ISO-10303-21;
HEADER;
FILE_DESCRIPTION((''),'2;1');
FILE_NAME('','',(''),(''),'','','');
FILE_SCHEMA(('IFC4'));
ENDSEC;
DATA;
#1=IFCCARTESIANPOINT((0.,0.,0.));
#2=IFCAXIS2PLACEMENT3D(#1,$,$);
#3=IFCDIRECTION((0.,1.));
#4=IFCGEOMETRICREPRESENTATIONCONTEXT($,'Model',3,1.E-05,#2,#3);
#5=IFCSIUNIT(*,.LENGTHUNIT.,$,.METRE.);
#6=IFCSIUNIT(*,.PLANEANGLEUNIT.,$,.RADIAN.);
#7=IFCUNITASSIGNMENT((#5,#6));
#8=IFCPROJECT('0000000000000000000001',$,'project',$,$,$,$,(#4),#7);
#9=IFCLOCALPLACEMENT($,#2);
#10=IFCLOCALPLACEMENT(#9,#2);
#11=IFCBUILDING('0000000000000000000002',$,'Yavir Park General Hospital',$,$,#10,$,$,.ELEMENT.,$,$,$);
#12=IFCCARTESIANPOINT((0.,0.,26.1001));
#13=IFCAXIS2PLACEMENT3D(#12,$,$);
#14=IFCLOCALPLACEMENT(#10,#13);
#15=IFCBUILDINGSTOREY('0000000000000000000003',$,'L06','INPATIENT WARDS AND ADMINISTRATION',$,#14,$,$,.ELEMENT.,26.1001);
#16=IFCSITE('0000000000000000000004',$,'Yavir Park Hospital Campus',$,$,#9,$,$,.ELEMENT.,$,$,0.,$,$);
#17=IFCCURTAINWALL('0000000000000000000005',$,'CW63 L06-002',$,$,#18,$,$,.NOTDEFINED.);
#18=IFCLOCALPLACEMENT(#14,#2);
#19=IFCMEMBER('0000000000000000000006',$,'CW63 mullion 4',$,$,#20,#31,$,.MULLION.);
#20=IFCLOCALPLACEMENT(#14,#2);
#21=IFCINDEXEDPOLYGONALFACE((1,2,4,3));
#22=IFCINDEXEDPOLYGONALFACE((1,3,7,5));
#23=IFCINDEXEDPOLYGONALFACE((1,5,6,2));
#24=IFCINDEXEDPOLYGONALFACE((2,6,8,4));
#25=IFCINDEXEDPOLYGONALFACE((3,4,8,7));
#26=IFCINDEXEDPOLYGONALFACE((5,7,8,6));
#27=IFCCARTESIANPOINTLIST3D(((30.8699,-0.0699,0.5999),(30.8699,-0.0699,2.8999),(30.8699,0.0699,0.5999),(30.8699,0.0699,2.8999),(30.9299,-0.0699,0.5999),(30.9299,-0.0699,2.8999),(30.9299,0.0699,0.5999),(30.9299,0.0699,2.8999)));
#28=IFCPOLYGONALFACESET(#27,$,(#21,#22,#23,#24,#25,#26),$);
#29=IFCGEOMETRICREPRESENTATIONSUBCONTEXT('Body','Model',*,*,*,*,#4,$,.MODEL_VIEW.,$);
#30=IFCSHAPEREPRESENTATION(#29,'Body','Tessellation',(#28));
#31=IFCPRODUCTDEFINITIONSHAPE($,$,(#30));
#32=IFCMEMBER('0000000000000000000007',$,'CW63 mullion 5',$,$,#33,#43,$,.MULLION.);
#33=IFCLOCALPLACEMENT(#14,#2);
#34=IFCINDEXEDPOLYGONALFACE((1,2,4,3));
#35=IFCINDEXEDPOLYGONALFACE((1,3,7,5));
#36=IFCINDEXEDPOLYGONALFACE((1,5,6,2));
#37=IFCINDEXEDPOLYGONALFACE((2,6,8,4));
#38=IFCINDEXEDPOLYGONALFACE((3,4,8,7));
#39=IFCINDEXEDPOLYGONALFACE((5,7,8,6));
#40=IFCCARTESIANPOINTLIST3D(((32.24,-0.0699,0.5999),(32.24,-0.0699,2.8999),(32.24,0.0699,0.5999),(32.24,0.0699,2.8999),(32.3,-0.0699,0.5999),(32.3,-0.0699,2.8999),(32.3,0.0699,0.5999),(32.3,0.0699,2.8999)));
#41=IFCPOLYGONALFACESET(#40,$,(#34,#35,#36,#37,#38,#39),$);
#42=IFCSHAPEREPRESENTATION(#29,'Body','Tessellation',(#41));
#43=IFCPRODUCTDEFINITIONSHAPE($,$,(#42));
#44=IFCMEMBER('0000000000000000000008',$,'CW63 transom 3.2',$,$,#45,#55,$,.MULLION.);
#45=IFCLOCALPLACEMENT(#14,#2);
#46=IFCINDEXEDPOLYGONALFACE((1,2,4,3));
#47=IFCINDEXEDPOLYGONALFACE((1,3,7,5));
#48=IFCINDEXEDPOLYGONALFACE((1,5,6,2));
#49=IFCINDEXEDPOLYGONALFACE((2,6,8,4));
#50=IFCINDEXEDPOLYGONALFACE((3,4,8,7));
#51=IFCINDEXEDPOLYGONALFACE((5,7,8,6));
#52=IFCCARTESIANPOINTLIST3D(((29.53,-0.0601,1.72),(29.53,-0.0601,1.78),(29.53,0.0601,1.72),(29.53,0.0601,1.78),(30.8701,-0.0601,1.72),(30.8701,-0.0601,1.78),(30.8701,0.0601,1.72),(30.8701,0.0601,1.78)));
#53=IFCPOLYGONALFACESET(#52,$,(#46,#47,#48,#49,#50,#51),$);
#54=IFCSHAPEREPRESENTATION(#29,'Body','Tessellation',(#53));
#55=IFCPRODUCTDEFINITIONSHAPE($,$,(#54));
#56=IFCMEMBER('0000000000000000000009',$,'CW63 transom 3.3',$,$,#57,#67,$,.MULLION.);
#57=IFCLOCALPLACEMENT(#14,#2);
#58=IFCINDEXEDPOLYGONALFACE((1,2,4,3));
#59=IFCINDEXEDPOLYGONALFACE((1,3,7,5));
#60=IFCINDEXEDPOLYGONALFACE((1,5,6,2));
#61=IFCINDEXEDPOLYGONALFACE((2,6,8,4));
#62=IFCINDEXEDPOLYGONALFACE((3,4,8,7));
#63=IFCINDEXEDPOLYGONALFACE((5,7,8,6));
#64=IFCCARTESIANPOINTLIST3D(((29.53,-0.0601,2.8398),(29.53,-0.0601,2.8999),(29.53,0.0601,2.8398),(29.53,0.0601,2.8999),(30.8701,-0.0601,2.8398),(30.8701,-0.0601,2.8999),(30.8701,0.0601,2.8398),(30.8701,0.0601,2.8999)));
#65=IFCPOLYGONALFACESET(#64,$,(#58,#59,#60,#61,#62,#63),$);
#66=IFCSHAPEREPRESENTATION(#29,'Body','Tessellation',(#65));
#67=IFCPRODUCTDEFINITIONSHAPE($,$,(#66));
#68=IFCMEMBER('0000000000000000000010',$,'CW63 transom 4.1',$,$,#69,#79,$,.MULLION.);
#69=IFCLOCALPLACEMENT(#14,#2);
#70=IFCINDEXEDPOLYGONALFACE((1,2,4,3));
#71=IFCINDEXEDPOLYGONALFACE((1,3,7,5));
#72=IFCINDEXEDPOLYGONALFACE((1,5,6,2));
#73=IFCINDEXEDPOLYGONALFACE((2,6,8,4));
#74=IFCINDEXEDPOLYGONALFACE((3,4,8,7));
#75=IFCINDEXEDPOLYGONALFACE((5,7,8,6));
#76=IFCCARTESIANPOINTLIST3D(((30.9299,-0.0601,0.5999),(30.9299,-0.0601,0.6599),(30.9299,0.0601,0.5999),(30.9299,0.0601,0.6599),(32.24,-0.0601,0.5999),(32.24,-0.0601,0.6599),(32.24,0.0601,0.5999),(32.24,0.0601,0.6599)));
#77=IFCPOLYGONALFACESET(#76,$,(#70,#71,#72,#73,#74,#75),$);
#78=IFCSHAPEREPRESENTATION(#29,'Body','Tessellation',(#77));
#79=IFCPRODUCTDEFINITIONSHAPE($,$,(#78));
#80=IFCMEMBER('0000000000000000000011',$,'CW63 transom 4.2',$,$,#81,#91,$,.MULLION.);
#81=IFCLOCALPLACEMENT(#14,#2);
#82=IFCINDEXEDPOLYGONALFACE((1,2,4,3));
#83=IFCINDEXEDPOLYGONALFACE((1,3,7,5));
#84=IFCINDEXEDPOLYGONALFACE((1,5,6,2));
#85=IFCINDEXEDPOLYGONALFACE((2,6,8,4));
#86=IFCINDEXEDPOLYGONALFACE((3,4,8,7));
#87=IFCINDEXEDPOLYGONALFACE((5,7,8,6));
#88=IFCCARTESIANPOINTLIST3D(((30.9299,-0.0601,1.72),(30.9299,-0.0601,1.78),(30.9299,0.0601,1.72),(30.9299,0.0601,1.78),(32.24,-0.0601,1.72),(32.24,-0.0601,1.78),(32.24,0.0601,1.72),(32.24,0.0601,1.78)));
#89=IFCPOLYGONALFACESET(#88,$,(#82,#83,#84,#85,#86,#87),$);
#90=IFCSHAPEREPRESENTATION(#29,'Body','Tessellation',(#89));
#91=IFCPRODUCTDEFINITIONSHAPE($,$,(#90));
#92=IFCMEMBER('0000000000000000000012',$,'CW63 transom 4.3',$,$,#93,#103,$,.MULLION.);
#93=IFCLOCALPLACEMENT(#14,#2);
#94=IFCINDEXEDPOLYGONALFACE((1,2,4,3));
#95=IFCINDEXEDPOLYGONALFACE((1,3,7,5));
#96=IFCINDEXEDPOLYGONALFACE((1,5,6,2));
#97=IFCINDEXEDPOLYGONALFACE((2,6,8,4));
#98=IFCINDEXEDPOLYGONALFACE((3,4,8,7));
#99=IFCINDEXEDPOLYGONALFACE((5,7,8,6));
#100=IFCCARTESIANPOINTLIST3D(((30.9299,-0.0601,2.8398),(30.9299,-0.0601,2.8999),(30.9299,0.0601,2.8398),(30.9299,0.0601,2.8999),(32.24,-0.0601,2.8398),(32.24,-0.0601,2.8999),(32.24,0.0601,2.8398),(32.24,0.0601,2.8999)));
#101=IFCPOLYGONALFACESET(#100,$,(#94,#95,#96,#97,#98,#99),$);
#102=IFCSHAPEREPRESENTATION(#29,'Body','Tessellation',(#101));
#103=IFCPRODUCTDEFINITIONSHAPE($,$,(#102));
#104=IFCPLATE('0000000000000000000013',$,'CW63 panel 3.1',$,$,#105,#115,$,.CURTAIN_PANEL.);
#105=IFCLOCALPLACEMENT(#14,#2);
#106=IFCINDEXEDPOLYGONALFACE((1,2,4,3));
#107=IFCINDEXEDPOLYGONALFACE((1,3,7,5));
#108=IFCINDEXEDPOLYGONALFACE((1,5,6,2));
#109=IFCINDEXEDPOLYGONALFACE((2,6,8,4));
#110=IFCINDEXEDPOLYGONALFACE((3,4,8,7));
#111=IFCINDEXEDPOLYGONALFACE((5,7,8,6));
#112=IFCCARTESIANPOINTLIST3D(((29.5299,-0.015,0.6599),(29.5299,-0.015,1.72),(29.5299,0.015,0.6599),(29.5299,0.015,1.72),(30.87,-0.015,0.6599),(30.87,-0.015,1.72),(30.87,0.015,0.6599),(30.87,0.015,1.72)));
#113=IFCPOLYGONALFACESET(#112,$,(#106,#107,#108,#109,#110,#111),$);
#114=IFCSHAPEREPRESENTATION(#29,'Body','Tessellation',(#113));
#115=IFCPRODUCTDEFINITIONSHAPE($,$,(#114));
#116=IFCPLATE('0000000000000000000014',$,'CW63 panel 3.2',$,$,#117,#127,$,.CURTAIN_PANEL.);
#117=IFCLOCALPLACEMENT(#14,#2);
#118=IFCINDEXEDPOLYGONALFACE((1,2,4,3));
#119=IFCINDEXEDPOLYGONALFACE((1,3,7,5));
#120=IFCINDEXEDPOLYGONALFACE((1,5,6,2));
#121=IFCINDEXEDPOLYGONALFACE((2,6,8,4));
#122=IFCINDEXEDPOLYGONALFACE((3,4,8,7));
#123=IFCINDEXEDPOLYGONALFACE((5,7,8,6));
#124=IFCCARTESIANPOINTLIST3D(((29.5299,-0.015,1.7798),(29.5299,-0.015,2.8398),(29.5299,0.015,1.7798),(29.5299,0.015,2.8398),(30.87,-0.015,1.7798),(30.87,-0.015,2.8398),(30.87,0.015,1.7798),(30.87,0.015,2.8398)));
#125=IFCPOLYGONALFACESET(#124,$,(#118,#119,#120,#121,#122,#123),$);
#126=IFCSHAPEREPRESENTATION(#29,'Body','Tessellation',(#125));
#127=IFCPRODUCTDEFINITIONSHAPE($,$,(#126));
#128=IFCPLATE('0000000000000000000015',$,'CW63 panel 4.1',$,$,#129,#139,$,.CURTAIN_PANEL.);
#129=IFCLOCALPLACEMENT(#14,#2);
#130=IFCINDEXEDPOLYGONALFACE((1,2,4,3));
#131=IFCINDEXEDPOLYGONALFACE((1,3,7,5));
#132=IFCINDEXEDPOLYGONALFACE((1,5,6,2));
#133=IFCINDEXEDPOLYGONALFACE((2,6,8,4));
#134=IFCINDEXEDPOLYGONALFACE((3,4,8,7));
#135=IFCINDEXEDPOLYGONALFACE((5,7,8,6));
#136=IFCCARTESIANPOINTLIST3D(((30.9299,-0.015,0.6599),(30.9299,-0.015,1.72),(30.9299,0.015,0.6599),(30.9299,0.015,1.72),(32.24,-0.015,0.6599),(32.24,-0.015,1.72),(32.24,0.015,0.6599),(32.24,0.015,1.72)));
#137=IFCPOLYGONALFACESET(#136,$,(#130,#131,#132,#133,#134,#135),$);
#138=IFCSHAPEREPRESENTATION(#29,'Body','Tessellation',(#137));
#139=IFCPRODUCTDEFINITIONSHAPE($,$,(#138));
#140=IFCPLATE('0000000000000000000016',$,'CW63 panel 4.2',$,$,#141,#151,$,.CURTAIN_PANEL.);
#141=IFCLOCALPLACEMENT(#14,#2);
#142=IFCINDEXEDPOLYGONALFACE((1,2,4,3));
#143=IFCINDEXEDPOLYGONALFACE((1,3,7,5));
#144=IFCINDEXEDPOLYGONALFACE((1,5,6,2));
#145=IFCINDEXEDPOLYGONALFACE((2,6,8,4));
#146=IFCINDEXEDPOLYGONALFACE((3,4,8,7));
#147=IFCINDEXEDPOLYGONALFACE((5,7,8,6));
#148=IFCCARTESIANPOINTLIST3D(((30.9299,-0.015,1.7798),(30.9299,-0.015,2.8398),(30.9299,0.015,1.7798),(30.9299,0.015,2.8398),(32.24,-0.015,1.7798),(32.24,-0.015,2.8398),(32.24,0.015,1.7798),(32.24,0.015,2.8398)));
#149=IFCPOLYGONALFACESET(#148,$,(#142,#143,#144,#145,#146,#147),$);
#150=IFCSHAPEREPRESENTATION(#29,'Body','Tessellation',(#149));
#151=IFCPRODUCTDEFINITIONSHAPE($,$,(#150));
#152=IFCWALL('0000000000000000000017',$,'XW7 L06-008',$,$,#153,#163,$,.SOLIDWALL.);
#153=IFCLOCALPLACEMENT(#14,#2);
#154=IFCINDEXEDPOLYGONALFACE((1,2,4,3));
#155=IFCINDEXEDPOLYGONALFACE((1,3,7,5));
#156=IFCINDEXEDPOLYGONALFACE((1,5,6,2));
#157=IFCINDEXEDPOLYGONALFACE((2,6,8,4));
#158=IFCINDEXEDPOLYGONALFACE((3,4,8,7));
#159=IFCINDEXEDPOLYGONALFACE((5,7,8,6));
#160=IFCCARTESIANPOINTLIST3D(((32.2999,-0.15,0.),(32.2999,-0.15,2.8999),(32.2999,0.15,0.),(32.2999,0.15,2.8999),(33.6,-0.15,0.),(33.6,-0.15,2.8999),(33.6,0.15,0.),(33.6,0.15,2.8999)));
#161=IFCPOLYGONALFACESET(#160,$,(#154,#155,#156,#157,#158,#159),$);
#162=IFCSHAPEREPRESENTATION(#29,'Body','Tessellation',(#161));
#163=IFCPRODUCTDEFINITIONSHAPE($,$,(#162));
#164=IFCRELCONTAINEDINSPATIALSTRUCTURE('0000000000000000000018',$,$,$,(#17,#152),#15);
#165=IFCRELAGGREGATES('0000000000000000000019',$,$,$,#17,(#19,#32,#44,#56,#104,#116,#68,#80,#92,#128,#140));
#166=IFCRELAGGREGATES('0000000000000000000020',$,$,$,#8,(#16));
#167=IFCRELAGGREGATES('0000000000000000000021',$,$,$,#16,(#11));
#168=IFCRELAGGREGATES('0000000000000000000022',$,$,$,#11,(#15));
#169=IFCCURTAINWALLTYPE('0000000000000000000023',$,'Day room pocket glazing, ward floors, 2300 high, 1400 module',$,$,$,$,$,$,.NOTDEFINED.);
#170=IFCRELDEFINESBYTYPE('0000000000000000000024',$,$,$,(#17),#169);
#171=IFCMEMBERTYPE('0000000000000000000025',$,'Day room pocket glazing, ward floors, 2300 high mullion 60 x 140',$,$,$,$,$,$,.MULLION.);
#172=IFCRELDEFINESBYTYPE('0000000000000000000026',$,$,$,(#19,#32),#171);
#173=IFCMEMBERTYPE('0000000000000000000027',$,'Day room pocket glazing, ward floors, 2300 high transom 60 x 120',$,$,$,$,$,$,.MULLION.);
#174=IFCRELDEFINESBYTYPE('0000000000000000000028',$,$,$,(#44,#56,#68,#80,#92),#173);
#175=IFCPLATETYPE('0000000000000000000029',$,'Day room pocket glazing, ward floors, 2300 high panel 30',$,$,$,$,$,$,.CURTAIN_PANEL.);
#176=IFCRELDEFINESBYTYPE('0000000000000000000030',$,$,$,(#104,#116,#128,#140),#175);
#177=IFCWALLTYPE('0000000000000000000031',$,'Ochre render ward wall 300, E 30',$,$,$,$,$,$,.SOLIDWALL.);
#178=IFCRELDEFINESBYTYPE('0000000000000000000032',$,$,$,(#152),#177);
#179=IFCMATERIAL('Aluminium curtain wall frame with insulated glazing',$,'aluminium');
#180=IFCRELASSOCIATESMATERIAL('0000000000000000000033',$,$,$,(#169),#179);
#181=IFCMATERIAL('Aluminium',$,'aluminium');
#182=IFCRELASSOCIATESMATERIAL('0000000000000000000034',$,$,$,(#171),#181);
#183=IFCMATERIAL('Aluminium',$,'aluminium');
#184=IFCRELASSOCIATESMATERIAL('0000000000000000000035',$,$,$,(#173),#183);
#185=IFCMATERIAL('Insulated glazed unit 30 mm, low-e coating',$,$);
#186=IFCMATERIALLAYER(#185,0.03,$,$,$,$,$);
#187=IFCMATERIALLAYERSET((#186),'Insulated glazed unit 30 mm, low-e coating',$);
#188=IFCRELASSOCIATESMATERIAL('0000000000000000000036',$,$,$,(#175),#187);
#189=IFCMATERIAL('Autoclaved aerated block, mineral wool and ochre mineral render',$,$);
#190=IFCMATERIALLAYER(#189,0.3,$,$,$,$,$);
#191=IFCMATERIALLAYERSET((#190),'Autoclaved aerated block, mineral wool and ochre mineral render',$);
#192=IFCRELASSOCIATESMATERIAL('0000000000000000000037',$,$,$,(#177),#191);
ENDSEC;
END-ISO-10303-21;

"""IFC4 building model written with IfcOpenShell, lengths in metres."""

from ifc_helpers import new_model, si_unit, direction, frame, frame_2d, origin, origin_2d, place, context, subcontext, project, spatial, rectangle, extrude, material, layer, layer_set, material_profile, profile_set, type_object, element, aggregate, save


model = new_model("IFC4")

# Units and contexts
model_context = context("Model", 3, precision=1e-05, world=origin(), true_north=direction((0.0, 1.0)))
body_context = subcontext(model_context, "Body", "Model", "MODEL_VIEW")
ifc_project = project(units=[si_unit("LENGTHUNIT", "METRE"), si_unit("PLANEANGLEUNIT", "RADIAN")], contexts=[model_context])

# Site, building, storey
site_placement = place(None, origin())
site = spatial("IfcSite", under=ifc_project, at=site_placement, Name="Yavir Park Hospital Campus", CompositionType="ELEMENT", RefElevation=0.0)
building_placement = place(site_placement, origin())
building = spatial("IfcBuilding", under=site, at=building_placement, Name="Yavir Park General Hospital", CompositionType="ELEMENT")
storey_placement = place(building_placement, frame((0.0, 0.0, 26.1001)))
storey = spatial("IfcBuildingStorey", under=building, at=storey_placement, Name="L06", Description="INPATIENT WARDS AND ADMINISTRATION", CompositionType="ELEMENT", Elevation=26.1001)

# Curtain wall, members, plates
ifc_material_1 = material(Name="Aluminium curtain wall frame with insulated glazing", Category="aluminium")
curtain_wall_type = type_object("IfcCurtainWallType", Name="Day room pocket glazing, ward floors, 2300 high, 1400 module", PredefinedType="NOTDEFINED", material=ifc_material_1)
curtain_wall_placement = place(storey_placement, origin())
curtain_wall = element("IfcCurtainWall", 1, at=curtain_wall_placement, inside=storey, type_object=curtain_wall_type, Name="CW63 L06-002", PredefinedType="NOTDEFINED")
ifc_material_2 = material(Name="Aluminium", Category="aluminium")
ifc_material_profile_1 = material_profile(ifc_material_2, rectangle(XDim=0.1399, YDim=0.0601, at=origin_2d()), Name="AL 60x140")
ifc_profile_set_1 = profile_set([ifc_material_profile_1], Name="Aluminium")
member_type_1 = type_object("IfcMemberType", Name="Day room pocket glazing, ward floors, 2300 high mullion 60 x 140", PredefinedType="MULLION", material=ifc_profile_set_1)
member_1_placement = place(storey_placement, frame((30.8999, 0.0, 0.5999), z_axis=(0.0, 0.0, 1.0), x_axis=(0.0, 1.0, 0.0)))
member_1 = element("IfcMember", 2, at=member_1_placement, type_object=member_type_1, Name="CW63 mullion 4", PredefinedType="MULLION", context=body_context, shape_type="SweptSolid", body=[
    extrude(rectangle(XDim=0.1399, YDim=0.0601, at=origin_2d()), origin(), (0.0, 0.0, 1.0), 2.3),
])
member_2_placement = place(storey_placement, frame((32.27, 0.0, 0.5999), z_axis=(0.0, 0.0, 1.0), x_axis=(0.0, 1.0, 0.0)))
member_2 = element("IfcMember", 3, at=member_2_placement, type_object=member_type_1, Name="CW63 mullion 5", PredefinedType="MULLION", context=body_context, shape_type="SweptSolid", body=[
    extrude(rectangle(XDim=0.1399, YDim=0.0601, at=origin_2d()), origin(), (0.0, 0.0, 1.0), 2.3),
])
ifc_material_3 = material(Name="Aluminium", Category="aluminium")
ifc_material_profile_2 = material_profile(ifc_material_3, rectangle(XDim=0.1201, YDim=0.0601, at=origin_2d()), Name="AL 120x60")
ifc_profile_set_2 = profile_set([ifc_material_profile_2], Name="Aluminium")
member_type_2 = type_object("IfcMemberType", Name="Day room pocket glazing, ward floors, 2300 high transom 60 x 120", PredefinedType="MULLION", material=ifc_profile_set_2)
member_3_placement = place(storey_placement, frame((29.53, 0.0, 1.75), z_axis=(1.0, 0.0, 0.0), x_axis=(0.0, 1.0, 0.0)))
member_3 = element("IfcMember", 4, at=member_3_placement, type_object=member_type_2, Name="CW63 transom 3.2", PredefinedType="MULLION", context=body_context, shape_type="SweptSolid", body=[
    extrude(rectangle(XDim=0.1201, YDim=0.0601, at=origin_2d()), origin(), (0.0, 0.0, 1.0), 1.3401),
])
member_4_placement = place(storey_placement, frame((29.53, 0.0, 2.8699), z_axis=(1.0, 0.0, 0.0), x_axis=(0.0, 1.0, 0.0)))
member_4 = element("IfcMember", 5, at=member_4_placement, type_object=member_type_2, Name="CW63 transom 3.3", PredefinedType="MULLION", context=body_context, shape_type="SweptSolid", body=[
    extrude(rectangle(XDim=0.1201, YDim=0.0601, at=origin_2d()), origin(), (0.0, 0.0, 1.0), 1.3401),
])
member_5_placement = place(storey_placement, frame((30.9299, 0.0, 0.6299), z_axis=(1.0, 0.0, 0.0), x_axis=(0.0, 1.0, 0.0)))
member_5 = element("IfcMember", 6, at=member_5_placement, type_object=member_type_2, Name="CW63 transom 4.1", PredefinedType="MULLION", context=body_context, shape_type="SweptSolid", body=[
    extrude(rectangle(XDim=0.1201, YDim=0.0601, at=origin_2d()), origin(), (0.0, 0.0, 1.0), 1.3101),
])
member_6_placement = place(storey_placement, frame((30.9299, 0.0, 1.75), z_axis=(1.0, 0.0, 0.0), x_axis=(0.0, 1.0, 0.0)))
member_6 = element("IfcMember", 7, at=member_6_placement, type_object=member_type_2, Name="CW63 transom 4.2", PredefinedType="MULLION", context=body_context, shape_type="SweptSolid", body=[
    extrude(rectangle(XDim=0.1201, YDim=0.0601, at=origin_2d()), origin(), (0.0, 0.0, 1.0), 1.3101),
])
member_7_placement = place(storey_placement, frame((30.9299, 0.0, 2.8699), z_axis=(1.0, 0.0, 0.0), x_axis=(0.0, 1.0, 0.0)))
member_7 = element("IfcMember", 8, at=member_7_placement, type_object=member_type_2, Name="CW63 transom 4.3", PredefinedType="MULLION", context=body_context, shape_type="SweptSolid", body=[
    extrude(rectangle(XDim=0.1201, YDim=0.0601, at=origin_2d()), origin(), (0.0, 0.0, 1.0), 1.3101),
])
ifc_material_4 = material(Name="Insulated glazed unit 30 mm, low-e coating")
ifc_layer_1 = layer(ifc_material_4, 0.03)
ifc_layer_set_1 = layer_set([ifc_layer_1], Name="Insulated glazed unit 30 mm, low-e coating")
plate_type = type_object("IfcPlateType", Name="Day room pocket glazing, ward floors, 2300 high panel 30", PredefinedType="CURTAIN_PANEL", material=ifc_layer_set_1)
plate_1_placement = place(storey_placement, frame((30.2, 0.0, 0.6599), z_axis=(0.0, 0.0, 1.0), x_axis=(1.0, 0.0, 0.0)))
plate_1 = element("IfcPlate", 9, at=plate_1_placement, type_object=plate_type, Name="CW63 panel 3.1", PredefinedType="CURTAIN_PANEL", context=body_context, shape_type="SweptSolid", body=[
    extrude(rectangle(XDim=1.3401, YDim=0.03, at=origin_2d()), origin(), (0.0, 0.0, 1.0), 1.0601),
])
plate_2_placement = place(storey_placement, frame((30.2, 0.0, 1.7798), z_axis=(0.0, 0.0, 1.0), x_axis=(1.0, 0.0, 0.0)))
plate_2 = element("IfcPlate", 10, at=plate_2_placement, type_object=plate_type, Name="CW63 panel 3.2", PredefinedType="CURTAIN_PANEL", context=body_context, shape_type="SweptSolid", body=[
    extrude(rectangle(XDim=1.3401, YDim=0.03, at=origin_2d()), origin(), (0.0, 0.0, 1.0), 1.0601),
])
plate_3_placement = place(storey_placement, frame((31.585, 0.0, 0.6599), z_axis=(0.0, 0.0, 1.0), x_axis=(1.0, 0.0, 0.0)))
plate_3 = element("IfcPlate", 11, at=plate_3_placement, type_object=plate_type, Name="CW63 panel 4.1", PredefinedType="CURTAIN_PANEL", context=body_context, shape_type="SweptSolid", body=[
    extrude(rectangle(XDim=1.3101, YDim=0.03, at=origin_2d()), origin(), (0.0, 0.0, 1.0), 1.0601),
])
plate_4_placement = place(storey_placement, frame((31.585, 0.0, 1.7798), z_axis=(0.0, 0.0, 1.0), x_axis=(1.0, 0.0, 0.0)))
plate_4 = element("IfcPlate", 12, at=plate_4_placement, type_object=plate_type, Name="CW63 panel 4.2", PredefinedType="CURTAIN_PANEL", context=body_context, shape_type="SweptSolid", body=[
    extrude(rectangle(XDim=1.3101, YDim=0.03, at=origin_2d()), origin(), (0.0, 0.0, 1.0), 1.0601),
])
aggregate(curtain_wall, [member_1, member_2, member_3, member_4, plate_1, plate_2, member_5, member_6, member_7, plate_3, plate_4])

# Wall
ifc_material_5 = material(Name="Autoclaved aerated block, mineral wool and ochre mineral render")
ifc_layer_2 = layer(ifc_material_5, 0.3)
ifc_layer_set_2 = layer_set([ifc_layer_2], Name="Autoclaved aerated block, mineral wool and ochre mineral render")
wall_type_1 = type_object("IfcWallType", Name="Ochre render ward wall 300, E 30", PredefinedType="SOLIDWALL", material=ifc_layer_set_2)
wall_1_placement = place(storey_placement, frame((32.3, 0.0, 0.0), z_axis=(0.0, 0.0, 1.0), x_axis=(1.0, 0.0, 0.0)))
element("IfcWall", 13, at=wall_1_placement, inside=storey, type_object=wall_type_1, Name="XW7 L06-008", PredefinedType="SOLIDWALL", context=body_context, shape_type="SweptSolid", body=[
    extrude(rectangle(XDim=1.3, YDim=0.3, at=frame_2d((0.6499, 0.0))), origin(), (0.0, 0.0, 1.0), 2.8999),
])

save(model, "model.ifc")
